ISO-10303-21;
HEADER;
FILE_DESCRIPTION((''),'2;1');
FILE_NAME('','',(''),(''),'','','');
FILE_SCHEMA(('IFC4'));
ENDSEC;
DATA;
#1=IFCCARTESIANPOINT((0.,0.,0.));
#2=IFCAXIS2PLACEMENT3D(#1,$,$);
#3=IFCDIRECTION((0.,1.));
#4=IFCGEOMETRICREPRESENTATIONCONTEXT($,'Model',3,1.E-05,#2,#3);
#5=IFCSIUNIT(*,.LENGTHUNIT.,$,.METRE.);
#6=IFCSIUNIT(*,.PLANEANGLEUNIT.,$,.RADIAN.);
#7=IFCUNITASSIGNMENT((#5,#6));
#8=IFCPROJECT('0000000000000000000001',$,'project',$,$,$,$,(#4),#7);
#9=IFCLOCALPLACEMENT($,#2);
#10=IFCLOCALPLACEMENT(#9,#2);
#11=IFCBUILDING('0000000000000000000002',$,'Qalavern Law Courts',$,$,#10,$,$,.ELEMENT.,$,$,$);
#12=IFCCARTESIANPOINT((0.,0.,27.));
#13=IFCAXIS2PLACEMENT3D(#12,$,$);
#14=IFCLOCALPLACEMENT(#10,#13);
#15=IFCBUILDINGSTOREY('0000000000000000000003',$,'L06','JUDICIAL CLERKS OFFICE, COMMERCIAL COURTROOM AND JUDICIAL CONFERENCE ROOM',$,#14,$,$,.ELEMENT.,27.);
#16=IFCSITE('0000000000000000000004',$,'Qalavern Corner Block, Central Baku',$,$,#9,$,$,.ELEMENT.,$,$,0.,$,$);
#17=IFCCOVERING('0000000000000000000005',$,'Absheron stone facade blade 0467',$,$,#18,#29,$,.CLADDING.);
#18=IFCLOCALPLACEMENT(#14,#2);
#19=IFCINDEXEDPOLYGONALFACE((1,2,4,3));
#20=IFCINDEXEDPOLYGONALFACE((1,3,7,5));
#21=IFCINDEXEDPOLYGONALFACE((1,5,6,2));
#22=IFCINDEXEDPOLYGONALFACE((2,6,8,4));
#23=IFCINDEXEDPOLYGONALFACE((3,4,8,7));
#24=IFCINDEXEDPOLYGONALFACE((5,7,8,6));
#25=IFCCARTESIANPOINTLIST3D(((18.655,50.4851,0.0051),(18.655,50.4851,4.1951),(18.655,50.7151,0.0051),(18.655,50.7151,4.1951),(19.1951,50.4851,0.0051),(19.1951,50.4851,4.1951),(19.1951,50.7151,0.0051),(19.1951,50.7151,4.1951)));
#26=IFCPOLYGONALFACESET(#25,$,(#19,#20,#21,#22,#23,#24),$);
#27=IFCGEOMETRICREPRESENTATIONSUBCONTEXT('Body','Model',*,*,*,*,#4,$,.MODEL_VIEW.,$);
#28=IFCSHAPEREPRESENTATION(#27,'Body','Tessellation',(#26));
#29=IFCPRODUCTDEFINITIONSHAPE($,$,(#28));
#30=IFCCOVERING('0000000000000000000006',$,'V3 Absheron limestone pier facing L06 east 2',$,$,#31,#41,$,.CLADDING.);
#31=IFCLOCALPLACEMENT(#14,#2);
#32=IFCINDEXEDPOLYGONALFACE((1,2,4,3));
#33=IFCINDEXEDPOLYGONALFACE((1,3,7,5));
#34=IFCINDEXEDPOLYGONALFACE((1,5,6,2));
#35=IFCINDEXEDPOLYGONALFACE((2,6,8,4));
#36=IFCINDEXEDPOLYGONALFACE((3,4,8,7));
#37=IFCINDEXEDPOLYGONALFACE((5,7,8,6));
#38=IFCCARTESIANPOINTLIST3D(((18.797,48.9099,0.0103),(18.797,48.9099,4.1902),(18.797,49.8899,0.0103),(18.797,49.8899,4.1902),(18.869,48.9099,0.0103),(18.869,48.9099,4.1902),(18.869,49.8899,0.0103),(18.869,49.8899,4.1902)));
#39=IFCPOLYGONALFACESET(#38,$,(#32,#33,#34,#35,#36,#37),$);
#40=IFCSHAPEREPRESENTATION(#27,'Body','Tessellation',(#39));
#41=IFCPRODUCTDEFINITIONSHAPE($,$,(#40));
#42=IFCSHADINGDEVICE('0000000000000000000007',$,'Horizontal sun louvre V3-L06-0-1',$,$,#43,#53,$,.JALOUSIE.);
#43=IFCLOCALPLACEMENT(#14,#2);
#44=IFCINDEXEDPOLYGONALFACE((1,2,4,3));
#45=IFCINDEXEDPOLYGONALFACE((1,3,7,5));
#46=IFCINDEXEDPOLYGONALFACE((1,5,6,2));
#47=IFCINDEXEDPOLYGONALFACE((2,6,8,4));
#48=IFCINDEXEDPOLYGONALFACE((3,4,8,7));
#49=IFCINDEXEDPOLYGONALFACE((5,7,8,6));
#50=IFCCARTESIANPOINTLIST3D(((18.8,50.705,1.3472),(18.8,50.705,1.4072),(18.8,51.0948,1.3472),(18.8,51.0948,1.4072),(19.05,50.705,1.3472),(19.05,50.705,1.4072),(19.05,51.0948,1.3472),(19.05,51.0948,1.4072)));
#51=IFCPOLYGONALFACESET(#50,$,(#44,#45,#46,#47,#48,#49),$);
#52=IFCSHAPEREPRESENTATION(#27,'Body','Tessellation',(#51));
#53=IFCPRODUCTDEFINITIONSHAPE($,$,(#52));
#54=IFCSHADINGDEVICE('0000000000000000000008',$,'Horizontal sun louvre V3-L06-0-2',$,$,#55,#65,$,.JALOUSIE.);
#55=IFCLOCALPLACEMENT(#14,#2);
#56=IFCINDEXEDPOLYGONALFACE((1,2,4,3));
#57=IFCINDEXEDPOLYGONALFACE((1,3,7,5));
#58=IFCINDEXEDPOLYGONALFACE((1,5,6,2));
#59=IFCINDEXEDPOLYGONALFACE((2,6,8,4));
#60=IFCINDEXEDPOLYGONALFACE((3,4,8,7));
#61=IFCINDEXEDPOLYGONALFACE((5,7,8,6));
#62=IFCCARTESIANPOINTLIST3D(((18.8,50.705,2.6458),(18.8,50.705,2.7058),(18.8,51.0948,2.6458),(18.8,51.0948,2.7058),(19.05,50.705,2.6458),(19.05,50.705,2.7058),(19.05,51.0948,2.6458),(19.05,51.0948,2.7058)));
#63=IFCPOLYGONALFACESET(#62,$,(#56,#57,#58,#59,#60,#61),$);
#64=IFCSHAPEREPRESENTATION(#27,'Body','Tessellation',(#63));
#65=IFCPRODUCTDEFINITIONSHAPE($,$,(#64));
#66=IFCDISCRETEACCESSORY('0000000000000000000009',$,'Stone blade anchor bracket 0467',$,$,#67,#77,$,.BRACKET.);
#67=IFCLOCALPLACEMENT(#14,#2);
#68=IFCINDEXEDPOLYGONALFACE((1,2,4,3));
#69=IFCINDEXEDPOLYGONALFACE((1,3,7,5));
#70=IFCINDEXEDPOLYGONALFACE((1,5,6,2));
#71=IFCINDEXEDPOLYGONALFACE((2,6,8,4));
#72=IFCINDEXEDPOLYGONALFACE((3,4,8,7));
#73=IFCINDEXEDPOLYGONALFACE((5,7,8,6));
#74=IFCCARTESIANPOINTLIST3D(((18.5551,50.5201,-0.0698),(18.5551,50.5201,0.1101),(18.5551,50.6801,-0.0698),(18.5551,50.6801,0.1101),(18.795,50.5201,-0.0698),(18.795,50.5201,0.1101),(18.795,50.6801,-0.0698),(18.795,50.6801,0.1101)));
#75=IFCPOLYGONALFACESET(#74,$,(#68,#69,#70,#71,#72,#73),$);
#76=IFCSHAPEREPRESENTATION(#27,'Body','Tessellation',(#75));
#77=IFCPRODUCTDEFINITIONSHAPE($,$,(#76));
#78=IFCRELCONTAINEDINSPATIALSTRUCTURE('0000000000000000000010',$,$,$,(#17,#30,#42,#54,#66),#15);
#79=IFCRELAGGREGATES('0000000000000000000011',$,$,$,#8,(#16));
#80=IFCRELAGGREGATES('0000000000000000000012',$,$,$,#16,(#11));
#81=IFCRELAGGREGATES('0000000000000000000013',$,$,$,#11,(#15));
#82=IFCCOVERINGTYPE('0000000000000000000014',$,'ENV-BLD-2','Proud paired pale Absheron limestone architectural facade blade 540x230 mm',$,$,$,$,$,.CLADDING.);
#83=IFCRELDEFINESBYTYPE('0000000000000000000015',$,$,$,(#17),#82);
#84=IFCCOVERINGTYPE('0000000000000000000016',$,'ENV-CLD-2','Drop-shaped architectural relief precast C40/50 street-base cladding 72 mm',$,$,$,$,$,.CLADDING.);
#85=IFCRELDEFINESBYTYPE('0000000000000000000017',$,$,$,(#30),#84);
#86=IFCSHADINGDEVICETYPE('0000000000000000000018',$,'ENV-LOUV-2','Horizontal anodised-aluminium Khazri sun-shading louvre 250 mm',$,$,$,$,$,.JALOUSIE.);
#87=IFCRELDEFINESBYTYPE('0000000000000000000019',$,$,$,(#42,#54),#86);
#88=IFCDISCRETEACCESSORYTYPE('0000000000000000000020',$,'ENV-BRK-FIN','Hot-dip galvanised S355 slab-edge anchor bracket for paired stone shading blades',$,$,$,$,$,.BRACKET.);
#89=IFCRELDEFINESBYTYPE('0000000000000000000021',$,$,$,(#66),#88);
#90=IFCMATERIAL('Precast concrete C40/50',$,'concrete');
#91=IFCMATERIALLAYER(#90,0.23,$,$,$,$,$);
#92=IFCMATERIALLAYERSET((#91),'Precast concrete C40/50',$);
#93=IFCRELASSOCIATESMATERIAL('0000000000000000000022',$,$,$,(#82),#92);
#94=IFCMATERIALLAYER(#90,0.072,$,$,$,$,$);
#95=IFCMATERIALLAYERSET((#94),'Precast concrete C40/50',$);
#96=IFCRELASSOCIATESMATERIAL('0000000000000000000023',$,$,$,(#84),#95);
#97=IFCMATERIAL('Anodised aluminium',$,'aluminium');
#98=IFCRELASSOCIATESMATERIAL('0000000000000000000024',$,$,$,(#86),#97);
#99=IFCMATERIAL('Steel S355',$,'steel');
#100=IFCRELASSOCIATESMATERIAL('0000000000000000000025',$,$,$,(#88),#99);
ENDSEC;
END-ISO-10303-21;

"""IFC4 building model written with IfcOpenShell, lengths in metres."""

from ifc_helpers import new_model, si_unit, direction, frame, origin, origin_2d, place, context, subcontext, project, spatial, rectangle, extrude, material, layer, layer_set, type_object, element, save


model = new_model("IFC4")

# Units and contexts
model_context = context("Model", 3, precision=1e-05, world=origin(), true_north=direction((0.0, 1.0)))
body_context = subcontext(model_context, "Body", "Model", "MODEL_VIEW")
ifc_project = project(units=[si_unit("LENGTHUNIT", "METRE"), si_unit("PLANEANGLEUNIT", "RADIAN")], contexts=[model_context])

# Site, building, storey
site_placement = place(None, origin())
site = spatial("IfcSite", under=ifc_project, at=site_placement, Name="Qalavern Corner Block, Central Baku", CompositionType="ELEMENT", RefElevation=0.0)
building_placement = place(site_placement, origin())
building = spatial("IfcBuilding", under=site, at=building_placement, Name="Qalavern Law Courts", CompositionType="ELEMENT")
storey_placement = place(building_placement, frame((0.0, 0.0, 27.0)))
storey = spatial("IfcBuildingStorey", under=building, at=storey_placement, Name="L06", Description="JUDICIAL CLERKS OFFICE, COMMERCIAL COURTROOM AND JUDICIAL CONFERENCE ROOM", CompositionType="ELEMENT", Elevation=27.0)

# Shared definitions
ifc_material_1 = material(Name="Anodised aluminium", Category="aluminium")

# Shared definitions
ifc_material_2 = material(Name="Steel S355", Category="steel")

# Coverings
ifc_material_3 = material(Name="Precast concrete C40/50", Category="concrete")
ifc_layer_1 = layer(ifc_material_3, 0.23)
ifc_layer_set_1 = layer_set([ifc_layer_1], Name="Precast concrete C40/50")
covering_type_1 = type_object("IfcCoveringType", Name="ENV-BLD-2", Description="Proud paired pale Absheron limestone architectural facade blade 540x230 mm", PredefinedType="CLADDING", material=ifc_layer_set_1)
covering_1_placement = place(storey_placement, frame((18.925, 50.6001, 0.0051), z_axis=(0.0, 0.0, 1.0), x_axis=(1.0, 0.0, 0.0)))
element("IfcCovering", 1, at=covering_1_placement, inside=storey, type_object=covering_type_1, Name="Absheron stone facade blade 0467", PredefinedType="CLADDING", context=body_context, shape_type="SweptSolid", body=[
    extrude(rectangle(XDim=0.54, YDim=0.23, at=origin_2d()), origin(), (0.0, 0.0, 1.0), 4.1899),
])
ifc_layer_2 = layer(ifc_material_3, 0.072)
ifc_layer_set_2 = layer_set([ifc_layer_2], Name="Precast concrete C40/50")
covering_type_2 = type_object("IfcCoveringType", Name="ENV-CLD-2", Description="Drop-shaped architectural relief precast C40/50 street-base cladding 72 mm", PredefinedType="CLADDING", material=ifc_layer_set_2)
covering_2_placement = place(storey_placement, frame((18.833, 49.3999, 0.0103), z_axis=(0.0, 0.0, 1.0), x_axis=(0.0, 1.0, 0.0)))
element("IfcCovering", 2, at=covering_2_placement, inside=storey, type_object=covering_type_2, Name="V3 Absheron limestone pier facing L06 east 2", PredefinedType="CLADDING", context=body_context, shape_type="SweptSolid", body=[
    extrude(rectangle(XDim=0.98, YDim=0.072, at=origin_2d()), origin(), (0.0, 0.0, 1.0), 4.1799),
])

# Shading devices
shading_device_type = type_object("IfcShadingDeviceType", Name="ENV-LOUV-2", Description="Horizontal anodised-aluminium Khazri sun-shading louvre 250 mm", PredefinedType="JALOUSIE", material=ifc_material_1)
for number, where, z_axis, x_axis, name in (
    (3, (18.925, 50.8999, 1.3472), (0.0, 0.0, 1.0), (0.0, 1.0, 0.0), "Horizontal sun louvre V3-L06-0-1"),
    (4, (18.925, 50.8999, 2.6458), (0.0, 0.0, 1.0), (0.0, 1.0, 0.0), "Horizontal sun louvre V3-L06-0-2"),
):
    element("IfcShadingDevice", number, at=place(storey_placement, frame(where, z_axis=z_axis, x_axis=x_axis)), inside=storey, type_object=shading_device_type, Name=name, PredefinedType="JALOUSIE", context=body_context, shape_type="SweptSolid", body=[
        extrude(rectangle(XDim=0.3899, YDim=0.25, at=origin_2d()), origin(), (0.0, 0.0, 1.0), 0.0601),
    ])

# Discrete accessory
discrete_accessory_type = type_object("IfcDiscreteAccessoryType", Name="ENV-BRK-FIN", Description="Hot-dip galvanised S355 slab-edge anchor bracket for paired stone shading blades", PredefinedType="BRACKET", material=ifc_material_2)
discrete_accessory_placement = place(storey_placement, frame((18.675, 50.6001, -0.0698), z_axis=(0.0, 0.0, 1.0), x_axis=(1.0, 0.0, 0.0)))
element("IfcDiscreteAccessory", 5, at=discrete_accessory_placement, inside=storey, type_object=discrete_accessory_type, Name="Stone blade anchor bracket 0467", PredefinedType="BRACKET", context=body_context, shape_type="SweptSolid", body=[
    extrude(rectangle(XDim=0.24, YDim=0.1599, at=origin_2d()), origin(), (0.0, 0.0, 1.0), 0.1799),
])

save(model, "model.ifc")
